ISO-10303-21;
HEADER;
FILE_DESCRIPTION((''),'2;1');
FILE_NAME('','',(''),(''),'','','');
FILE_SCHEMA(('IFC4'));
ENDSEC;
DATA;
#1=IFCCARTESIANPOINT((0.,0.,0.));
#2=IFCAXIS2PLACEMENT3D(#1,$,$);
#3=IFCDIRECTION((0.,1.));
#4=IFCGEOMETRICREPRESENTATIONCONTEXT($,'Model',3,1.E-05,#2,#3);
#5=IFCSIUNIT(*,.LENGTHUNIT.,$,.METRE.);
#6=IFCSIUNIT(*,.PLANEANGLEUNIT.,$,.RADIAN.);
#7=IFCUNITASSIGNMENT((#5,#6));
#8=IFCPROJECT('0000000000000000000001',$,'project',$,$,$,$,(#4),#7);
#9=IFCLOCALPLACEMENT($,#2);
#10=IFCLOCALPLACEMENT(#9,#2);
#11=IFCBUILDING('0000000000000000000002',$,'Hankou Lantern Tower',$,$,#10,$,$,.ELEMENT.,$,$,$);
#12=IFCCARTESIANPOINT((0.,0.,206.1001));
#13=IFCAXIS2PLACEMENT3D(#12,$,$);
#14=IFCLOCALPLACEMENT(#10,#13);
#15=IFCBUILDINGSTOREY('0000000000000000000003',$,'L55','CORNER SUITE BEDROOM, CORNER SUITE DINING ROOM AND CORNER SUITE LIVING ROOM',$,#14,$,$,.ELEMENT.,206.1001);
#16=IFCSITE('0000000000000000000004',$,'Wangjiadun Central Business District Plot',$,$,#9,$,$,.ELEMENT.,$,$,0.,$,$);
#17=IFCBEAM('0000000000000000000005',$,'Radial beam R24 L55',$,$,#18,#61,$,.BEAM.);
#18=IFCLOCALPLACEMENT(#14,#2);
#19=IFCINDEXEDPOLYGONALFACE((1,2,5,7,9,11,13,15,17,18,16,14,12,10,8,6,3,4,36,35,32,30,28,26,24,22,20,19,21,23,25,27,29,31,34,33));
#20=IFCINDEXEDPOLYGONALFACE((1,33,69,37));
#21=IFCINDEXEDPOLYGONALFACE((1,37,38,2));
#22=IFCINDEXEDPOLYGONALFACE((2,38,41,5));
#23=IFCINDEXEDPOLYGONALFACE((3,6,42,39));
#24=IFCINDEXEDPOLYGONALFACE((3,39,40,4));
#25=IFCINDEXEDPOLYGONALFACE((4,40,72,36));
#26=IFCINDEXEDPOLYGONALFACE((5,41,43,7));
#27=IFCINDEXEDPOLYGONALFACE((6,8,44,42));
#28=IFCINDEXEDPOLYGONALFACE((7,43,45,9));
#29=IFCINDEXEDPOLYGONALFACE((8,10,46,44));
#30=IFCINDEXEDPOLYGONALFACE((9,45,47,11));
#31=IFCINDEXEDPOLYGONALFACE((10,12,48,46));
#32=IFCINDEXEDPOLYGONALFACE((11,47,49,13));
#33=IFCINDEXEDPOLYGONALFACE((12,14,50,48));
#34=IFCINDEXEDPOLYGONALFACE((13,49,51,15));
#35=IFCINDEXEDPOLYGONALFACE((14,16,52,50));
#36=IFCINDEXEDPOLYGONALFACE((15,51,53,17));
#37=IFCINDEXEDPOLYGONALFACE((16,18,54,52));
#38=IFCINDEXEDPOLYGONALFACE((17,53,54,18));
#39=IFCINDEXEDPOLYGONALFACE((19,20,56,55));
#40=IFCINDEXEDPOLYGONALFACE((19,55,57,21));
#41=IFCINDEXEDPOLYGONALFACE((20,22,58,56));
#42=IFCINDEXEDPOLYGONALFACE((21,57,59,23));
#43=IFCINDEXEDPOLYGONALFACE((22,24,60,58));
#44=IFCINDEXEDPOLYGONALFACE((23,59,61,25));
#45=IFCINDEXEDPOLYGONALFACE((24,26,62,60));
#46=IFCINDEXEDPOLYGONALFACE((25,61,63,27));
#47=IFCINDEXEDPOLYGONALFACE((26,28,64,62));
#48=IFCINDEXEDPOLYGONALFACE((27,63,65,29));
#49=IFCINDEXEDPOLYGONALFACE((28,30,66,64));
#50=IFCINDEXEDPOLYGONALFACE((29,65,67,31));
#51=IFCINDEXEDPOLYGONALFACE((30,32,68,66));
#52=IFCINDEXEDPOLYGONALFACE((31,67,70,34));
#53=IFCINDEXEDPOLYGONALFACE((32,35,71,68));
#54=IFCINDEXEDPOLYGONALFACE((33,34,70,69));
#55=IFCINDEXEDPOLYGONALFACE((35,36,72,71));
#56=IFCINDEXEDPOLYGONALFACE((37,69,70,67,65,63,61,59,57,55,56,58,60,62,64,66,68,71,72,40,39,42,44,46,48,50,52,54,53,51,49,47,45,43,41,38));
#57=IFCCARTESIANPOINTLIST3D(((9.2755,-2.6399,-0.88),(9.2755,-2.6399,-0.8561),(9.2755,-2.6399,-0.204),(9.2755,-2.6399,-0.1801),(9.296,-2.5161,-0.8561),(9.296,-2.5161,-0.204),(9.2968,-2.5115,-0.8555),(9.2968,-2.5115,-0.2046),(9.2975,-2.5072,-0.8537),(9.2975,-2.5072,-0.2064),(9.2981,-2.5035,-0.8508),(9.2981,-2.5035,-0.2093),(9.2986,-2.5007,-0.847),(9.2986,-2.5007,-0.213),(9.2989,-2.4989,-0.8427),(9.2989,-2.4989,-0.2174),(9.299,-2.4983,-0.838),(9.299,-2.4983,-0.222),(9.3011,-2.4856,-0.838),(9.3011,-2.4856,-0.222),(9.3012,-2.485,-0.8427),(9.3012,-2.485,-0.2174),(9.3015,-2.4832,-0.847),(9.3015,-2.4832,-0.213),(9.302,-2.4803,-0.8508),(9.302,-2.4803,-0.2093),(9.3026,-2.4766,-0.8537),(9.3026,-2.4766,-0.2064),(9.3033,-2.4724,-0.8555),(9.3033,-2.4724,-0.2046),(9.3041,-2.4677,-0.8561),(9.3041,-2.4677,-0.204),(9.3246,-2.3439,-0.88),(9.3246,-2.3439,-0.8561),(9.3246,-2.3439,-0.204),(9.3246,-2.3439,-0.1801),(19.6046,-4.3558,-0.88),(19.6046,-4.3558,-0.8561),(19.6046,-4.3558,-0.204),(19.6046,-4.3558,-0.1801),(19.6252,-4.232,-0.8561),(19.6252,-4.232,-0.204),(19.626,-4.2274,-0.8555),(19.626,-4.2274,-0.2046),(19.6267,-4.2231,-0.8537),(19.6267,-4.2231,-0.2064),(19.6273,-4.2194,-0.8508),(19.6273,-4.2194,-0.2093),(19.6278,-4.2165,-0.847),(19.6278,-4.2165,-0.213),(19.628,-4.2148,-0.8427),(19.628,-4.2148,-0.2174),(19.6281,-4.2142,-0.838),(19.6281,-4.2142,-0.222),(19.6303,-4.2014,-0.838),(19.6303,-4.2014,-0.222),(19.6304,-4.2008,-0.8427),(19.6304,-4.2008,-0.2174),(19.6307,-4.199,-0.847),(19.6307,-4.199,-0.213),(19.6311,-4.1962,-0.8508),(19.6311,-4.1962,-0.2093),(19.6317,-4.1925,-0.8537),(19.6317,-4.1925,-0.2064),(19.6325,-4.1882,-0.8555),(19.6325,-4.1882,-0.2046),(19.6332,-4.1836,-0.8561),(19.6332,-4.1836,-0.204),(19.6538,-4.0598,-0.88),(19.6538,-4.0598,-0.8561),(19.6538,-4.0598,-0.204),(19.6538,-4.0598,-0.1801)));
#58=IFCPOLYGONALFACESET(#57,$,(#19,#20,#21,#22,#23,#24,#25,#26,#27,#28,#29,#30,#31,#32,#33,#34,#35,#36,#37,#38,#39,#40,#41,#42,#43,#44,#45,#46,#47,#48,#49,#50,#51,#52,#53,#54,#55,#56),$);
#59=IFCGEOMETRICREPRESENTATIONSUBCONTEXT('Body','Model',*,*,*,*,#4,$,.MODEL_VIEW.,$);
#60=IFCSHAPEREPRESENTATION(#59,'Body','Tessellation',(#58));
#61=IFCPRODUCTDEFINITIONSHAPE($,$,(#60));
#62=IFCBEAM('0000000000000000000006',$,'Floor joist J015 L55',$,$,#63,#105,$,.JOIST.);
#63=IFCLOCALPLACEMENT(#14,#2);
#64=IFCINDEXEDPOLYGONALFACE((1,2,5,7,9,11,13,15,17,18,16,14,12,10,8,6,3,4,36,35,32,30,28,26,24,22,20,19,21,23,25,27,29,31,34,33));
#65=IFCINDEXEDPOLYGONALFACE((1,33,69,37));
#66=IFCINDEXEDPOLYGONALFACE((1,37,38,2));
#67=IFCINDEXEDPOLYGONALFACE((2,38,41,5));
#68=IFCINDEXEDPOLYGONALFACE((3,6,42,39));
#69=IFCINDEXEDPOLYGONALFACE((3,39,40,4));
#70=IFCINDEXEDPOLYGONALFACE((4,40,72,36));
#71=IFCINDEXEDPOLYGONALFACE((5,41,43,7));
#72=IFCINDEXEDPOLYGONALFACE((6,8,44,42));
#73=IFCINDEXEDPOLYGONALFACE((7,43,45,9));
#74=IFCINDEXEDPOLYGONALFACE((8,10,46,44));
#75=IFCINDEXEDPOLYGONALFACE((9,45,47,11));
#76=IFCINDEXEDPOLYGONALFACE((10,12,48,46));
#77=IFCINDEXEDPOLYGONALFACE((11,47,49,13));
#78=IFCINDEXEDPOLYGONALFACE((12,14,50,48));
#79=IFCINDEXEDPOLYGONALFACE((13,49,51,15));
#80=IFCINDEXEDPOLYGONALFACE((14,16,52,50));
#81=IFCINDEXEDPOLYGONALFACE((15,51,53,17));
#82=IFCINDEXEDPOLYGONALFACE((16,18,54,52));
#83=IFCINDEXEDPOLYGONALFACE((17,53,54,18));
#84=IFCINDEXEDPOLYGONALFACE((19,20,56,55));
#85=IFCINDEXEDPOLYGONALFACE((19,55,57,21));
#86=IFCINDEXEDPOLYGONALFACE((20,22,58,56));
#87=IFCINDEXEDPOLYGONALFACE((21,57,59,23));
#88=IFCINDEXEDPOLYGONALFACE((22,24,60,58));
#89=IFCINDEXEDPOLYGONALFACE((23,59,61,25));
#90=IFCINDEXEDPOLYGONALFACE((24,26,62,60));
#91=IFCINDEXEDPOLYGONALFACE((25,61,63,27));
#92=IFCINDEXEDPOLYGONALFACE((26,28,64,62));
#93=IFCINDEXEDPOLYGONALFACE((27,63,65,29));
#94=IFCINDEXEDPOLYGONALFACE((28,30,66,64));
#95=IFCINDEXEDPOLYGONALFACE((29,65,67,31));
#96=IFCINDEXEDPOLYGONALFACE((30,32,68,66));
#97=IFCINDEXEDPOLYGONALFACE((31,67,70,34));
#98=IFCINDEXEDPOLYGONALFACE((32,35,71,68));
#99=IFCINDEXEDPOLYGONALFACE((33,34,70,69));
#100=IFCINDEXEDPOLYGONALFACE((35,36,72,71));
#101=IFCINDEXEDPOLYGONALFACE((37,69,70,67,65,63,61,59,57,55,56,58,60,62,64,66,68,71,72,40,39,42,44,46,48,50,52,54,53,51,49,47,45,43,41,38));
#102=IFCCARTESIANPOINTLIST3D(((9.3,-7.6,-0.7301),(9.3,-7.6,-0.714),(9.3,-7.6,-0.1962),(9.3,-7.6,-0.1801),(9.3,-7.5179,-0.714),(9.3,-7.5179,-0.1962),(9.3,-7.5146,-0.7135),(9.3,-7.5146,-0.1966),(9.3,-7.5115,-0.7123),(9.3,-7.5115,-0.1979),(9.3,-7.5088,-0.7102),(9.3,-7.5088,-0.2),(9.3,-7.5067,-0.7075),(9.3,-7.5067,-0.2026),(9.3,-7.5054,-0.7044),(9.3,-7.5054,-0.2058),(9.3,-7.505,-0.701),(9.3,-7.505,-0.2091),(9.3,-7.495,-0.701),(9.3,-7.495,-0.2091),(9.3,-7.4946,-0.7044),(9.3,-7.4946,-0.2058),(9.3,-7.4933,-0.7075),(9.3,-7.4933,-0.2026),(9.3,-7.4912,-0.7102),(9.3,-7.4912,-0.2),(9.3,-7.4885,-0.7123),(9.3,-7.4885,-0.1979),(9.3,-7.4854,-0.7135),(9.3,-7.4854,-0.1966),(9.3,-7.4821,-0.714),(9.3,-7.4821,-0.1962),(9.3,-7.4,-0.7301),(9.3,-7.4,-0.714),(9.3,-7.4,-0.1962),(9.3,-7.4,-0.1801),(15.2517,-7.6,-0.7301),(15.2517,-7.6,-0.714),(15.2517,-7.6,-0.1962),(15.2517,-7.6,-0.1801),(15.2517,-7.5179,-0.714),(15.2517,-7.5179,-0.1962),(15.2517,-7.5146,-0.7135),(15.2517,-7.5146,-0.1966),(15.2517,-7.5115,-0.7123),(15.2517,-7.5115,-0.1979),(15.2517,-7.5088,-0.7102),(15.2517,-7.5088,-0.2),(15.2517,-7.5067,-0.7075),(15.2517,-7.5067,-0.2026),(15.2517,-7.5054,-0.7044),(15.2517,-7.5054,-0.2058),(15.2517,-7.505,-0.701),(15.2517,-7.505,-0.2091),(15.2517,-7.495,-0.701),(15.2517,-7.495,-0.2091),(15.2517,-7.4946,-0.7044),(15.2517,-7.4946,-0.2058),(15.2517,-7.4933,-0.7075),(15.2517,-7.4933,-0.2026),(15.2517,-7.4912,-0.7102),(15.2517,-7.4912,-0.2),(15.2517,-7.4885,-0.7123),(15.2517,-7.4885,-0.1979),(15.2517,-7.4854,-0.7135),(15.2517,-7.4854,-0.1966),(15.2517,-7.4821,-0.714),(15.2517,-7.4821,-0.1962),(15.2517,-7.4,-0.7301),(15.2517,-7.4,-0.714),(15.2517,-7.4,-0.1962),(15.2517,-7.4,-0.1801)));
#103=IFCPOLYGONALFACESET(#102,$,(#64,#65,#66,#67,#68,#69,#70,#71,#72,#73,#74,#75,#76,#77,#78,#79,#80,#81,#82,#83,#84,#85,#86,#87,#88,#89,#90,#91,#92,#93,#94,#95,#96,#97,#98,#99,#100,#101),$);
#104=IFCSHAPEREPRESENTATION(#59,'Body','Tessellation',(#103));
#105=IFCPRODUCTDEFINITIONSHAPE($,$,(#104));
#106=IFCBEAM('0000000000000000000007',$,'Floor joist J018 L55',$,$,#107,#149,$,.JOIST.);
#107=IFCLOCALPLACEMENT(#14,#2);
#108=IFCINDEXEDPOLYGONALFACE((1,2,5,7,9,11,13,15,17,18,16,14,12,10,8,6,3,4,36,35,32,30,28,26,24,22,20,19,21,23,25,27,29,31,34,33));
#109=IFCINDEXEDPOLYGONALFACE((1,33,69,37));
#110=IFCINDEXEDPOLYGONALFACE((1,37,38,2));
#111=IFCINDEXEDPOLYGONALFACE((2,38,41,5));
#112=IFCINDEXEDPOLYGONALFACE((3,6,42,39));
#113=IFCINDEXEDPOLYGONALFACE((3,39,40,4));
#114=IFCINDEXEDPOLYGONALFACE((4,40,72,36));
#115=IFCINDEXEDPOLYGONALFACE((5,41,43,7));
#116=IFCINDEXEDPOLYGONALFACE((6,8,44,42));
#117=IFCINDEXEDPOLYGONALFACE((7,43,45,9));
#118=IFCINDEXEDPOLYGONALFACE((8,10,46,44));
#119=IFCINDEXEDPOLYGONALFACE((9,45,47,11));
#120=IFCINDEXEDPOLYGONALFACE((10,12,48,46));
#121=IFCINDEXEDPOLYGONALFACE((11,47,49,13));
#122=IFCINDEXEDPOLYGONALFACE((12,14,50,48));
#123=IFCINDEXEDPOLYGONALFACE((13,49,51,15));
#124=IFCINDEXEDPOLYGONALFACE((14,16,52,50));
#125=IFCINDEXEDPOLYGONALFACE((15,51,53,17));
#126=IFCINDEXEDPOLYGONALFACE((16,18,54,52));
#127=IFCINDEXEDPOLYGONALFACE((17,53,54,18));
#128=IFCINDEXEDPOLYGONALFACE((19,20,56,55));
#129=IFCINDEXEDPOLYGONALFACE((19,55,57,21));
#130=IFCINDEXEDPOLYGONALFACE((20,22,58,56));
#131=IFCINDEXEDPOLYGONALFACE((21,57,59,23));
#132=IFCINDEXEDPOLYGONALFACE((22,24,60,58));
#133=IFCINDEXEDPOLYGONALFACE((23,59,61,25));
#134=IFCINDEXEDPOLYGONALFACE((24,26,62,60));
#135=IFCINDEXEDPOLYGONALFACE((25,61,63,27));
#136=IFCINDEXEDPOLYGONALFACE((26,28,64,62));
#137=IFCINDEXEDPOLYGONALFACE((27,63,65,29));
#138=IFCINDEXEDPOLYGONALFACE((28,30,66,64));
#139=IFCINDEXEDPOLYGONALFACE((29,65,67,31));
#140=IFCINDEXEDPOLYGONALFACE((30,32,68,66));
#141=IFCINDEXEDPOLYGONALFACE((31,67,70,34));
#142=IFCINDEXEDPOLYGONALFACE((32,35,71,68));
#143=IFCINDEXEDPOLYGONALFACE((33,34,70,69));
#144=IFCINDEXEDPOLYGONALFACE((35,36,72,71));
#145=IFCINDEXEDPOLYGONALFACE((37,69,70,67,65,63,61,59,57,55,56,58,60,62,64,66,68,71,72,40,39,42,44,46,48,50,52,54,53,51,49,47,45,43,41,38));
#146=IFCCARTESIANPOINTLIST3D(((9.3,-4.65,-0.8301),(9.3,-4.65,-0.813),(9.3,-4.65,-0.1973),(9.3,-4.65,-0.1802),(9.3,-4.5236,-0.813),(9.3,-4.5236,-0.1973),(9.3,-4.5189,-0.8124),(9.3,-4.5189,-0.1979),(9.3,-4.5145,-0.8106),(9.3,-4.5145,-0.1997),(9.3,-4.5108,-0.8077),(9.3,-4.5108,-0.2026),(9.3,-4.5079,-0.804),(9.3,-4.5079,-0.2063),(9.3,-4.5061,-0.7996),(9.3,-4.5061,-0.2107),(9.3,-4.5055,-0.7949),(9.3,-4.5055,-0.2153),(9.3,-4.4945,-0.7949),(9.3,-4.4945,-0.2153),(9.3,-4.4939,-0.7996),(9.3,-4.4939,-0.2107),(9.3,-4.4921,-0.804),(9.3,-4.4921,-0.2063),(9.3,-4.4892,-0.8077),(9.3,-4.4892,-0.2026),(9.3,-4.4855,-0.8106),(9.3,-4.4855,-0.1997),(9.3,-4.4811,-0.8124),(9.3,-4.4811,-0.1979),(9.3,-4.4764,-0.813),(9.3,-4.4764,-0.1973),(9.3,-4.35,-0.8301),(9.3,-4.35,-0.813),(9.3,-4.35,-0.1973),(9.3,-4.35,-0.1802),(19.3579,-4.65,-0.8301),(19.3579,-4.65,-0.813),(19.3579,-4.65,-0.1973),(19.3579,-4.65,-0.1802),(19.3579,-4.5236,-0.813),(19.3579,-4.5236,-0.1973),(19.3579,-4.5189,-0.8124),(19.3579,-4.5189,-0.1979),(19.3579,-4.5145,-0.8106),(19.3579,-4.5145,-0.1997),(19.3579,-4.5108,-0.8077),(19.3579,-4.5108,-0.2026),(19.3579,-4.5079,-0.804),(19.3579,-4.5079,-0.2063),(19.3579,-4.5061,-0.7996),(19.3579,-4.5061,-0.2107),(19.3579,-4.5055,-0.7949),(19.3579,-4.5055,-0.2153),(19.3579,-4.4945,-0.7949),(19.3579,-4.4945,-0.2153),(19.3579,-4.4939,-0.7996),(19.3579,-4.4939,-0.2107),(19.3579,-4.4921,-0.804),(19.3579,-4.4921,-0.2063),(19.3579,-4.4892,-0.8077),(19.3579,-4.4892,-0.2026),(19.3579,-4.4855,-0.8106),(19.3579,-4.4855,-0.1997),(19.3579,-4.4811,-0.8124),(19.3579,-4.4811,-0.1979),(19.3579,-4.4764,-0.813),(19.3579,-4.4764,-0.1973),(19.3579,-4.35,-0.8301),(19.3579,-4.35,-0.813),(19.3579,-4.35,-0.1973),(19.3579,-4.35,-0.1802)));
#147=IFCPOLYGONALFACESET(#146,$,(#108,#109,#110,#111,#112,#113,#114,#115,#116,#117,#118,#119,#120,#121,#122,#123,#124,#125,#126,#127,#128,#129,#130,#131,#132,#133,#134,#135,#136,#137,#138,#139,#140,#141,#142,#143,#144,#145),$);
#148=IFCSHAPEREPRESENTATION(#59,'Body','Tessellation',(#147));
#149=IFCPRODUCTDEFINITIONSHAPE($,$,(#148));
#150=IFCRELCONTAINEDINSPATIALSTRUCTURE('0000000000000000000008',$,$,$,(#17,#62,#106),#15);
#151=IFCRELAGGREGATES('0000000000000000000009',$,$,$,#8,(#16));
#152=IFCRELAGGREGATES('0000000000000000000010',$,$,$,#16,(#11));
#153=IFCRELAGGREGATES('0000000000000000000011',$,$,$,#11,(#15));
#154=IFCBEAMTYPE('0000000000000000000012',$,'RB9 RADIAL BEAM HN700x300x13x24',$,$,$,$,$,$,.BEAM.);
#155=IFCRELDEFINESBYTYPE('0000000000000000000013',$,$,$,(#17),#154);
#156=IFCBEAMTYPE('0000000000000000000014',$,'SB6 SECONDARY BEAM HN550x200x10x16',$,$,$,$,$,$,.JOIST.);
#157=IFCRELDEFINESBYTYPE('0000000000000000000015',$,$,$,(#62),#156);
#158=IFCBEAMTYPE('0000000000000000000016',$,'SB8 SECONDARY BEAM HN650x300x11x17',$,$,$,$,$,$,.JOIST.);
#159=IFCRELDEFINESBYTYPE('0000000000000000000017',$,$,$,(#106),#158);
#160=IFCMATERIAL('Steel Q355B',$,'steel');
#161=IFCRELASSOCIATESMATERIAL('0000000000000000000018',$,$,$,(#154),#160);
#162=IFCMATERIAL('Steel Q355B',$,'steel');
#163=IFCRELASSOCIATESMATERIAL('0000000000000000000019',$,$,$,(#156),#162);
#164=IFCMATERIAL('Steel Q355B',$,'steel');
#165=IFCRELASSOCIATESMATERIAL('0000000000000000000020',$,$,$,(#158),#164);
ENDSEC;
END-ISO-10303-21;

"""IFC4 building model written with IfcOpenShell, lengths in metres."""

from ifc_helpers import new_model, si_unit, direction, frame, origin, origin_2d, place, context, subcontext, project, spatial, i_section, extrude, material, material_profile, profile_set, type_object, element, save


model = new_model("IFC4")

# Units and contexts
model_context = context("Model", 3, precision=1e-05, world=origin(), true_north=direction((0.0, 1.0)))
body_context = subcontext(model_context, "Body", "Model", "MODEL_VIEW")
ifc_project = project(units=[si_unit("LENGTHUNIT", "METRE"), si_unit("PLANEANGLEUNIT", "RADIAN")], contexts=[model_context])

# Site, building, storey
site_placement = place(None, origin())
site = spatial("IfcSite", under=ifc_project, at=site_placement, Name="Wangjiadun Central Business District Plot", CompositionType="ELEMENT", RefElevation=0.0)
building_placement = place(site_placement, origin())
building = spatial("IfcBuilding", under=site, at=building_placement, Name="Hankou Lantern Tower", CompositionType="ELEMENT")
storey_placement = place(building_placement, frame((0.0, 0.0, 206.1001)))
storey = spatial("IfcBuildingStorey", under=building, at=storey_placement, Name="L55", Description="CORNER SUITE BEDROOM, CORNER SUITE DINING ROOM AND CORNER SUITE LIVING ROOM", CompositionType="ELEMENT", Elevation=206.1001)

# Beams
ifc_material_1 = material(Name="Steel Q355B", Category="steel")
ifc_material_profile_1 = material_profile(ifc_material_1, i_section(OverallWidth=0.3, OverallDepth=0.7, WebThickness=0.0129, FlangeThickness=0.0239, FilletRadius=0.0181, at=origin_2d()), Name="HN700x300x13x24")
ifc_profile_set_1 = profile_set([ifc_material_profile_1], Name="Steel Q355B")
beam_type_1 = type_object("IfcBeamType", Name="RB9 RADIAL BEAM HN700x300x13x24", PredefinedType="BEAM", material=ifc_profile_set_1)
beam_1_placement = place(storey_placement, frame((9.3, -2.4919, -0.53), z_axis=(0.986482, -0.16387, 0.0), x_axis=(0.16387, 0.986482, 0.0)))
element("IfcBeam", 1, at=beam_1_placement, inside=storey, type_object=beam_type_1, Name="Radial beam R24 L55", PredefinedType="BEAM", context=body_context, shape_type="SweptSolid", body=[
    extrude(i_section(OverallWidth=0.3, OverallDepth=0.7, WebThickness=0.0129, FlangeThickness=0.0239, FilletRadius=0.0181, at=origin_2d()), origin(), (0.0, 0.0, 1.0), 10.4707),
])
ifc_material_2 = material(Name="Steel Q355B", Category="steel")
ifc_material_profile_2 = material_profile(ifc_material_2, i_section(OverallWidth=0.2, OverallDepth=0.55, WebThickness=0.01, FlangeThickness=0.0161, FilletRadius=0.0129, at=origin_2d()), Name="HN550x200x10x16")
ifc_profile_set_2 = profile_set([ifc_material_profile_2], Name="Steel Q355B")
beam_type_2 = type_object("IfcBeamType", Name="SB6 SECONDARY BEAM HN550x200x10x16", PredefinedType="JOIST", material=ifc_profile_set_2)
beam_2_placement = place(storey_placement, frame((9.3, -7.5, -0.4551), z_axis=(1.0, 0.0, 0.0), x_axis=(0.0, 1.0, 0.0)))
element("IfcBeam", 2, at=beam_2_placement, inside=storey, type_object=beam_type_2, Name="Floor joist J015 L55", PredefinedType="JOIST", context=body_context, shape_type="SweptSolid", body=[
    extrude(i_section(OverallWidth=0.2, OverallDepth=0.55, WebThickness=0.01, FlangeThickness=0.0161, FilletRadius=0.0129, at=origin_2d()), origin(), (0.0, 0.0, 1.0), 5.9517),
])
ifc_material_3 = material(Name="Steel Q355B", Category="steel")
ifc_material_profile_3 = material_profile(ifc_material_3, i_section(OverallWidth=0.3, OverallDepth=0.6499, WebThickness=0.011, FlangeThickness=0.0171, FilletRadius=0.0181, at=origin_2d()), Name="HN650x300x11x17")
ifc_profile_set_3 = profile_set([ifc_material_profile_3], Name="Steel Q355B")
beam_type_3 = type_object("IfcBeamType", Name="SB8 SECONDARY BEAM HN650x300x11x17", PredefinedType="JOIST", material=ifc_profile_set_3)
beam_3_placement = place(storey_placement, frame((9.3, -4.5, -0.5051), z_axis=(1.0, 0.0, 0.0), x_axis=(0.0, 1.0, 0.0)))
element("IfcBeam", 3, at=beam_3_placement, inside=storey, type_object=beam_type_3, Name="Floor joist J018 L55", PredefinedType="JOIST", context=body_context, shape_type="SweptSolid", body=[
    extrude(i_section(OverallWidth=0.3, OverallDepth=0.6499, WebThickness=0.011, FlangeThickness=0.0171, FilletRadius=0.0181, at=origin_2d()), origin(), (0.0, 0.0, 1.0), 10.0579),
])

save(model, "model.ifc")
